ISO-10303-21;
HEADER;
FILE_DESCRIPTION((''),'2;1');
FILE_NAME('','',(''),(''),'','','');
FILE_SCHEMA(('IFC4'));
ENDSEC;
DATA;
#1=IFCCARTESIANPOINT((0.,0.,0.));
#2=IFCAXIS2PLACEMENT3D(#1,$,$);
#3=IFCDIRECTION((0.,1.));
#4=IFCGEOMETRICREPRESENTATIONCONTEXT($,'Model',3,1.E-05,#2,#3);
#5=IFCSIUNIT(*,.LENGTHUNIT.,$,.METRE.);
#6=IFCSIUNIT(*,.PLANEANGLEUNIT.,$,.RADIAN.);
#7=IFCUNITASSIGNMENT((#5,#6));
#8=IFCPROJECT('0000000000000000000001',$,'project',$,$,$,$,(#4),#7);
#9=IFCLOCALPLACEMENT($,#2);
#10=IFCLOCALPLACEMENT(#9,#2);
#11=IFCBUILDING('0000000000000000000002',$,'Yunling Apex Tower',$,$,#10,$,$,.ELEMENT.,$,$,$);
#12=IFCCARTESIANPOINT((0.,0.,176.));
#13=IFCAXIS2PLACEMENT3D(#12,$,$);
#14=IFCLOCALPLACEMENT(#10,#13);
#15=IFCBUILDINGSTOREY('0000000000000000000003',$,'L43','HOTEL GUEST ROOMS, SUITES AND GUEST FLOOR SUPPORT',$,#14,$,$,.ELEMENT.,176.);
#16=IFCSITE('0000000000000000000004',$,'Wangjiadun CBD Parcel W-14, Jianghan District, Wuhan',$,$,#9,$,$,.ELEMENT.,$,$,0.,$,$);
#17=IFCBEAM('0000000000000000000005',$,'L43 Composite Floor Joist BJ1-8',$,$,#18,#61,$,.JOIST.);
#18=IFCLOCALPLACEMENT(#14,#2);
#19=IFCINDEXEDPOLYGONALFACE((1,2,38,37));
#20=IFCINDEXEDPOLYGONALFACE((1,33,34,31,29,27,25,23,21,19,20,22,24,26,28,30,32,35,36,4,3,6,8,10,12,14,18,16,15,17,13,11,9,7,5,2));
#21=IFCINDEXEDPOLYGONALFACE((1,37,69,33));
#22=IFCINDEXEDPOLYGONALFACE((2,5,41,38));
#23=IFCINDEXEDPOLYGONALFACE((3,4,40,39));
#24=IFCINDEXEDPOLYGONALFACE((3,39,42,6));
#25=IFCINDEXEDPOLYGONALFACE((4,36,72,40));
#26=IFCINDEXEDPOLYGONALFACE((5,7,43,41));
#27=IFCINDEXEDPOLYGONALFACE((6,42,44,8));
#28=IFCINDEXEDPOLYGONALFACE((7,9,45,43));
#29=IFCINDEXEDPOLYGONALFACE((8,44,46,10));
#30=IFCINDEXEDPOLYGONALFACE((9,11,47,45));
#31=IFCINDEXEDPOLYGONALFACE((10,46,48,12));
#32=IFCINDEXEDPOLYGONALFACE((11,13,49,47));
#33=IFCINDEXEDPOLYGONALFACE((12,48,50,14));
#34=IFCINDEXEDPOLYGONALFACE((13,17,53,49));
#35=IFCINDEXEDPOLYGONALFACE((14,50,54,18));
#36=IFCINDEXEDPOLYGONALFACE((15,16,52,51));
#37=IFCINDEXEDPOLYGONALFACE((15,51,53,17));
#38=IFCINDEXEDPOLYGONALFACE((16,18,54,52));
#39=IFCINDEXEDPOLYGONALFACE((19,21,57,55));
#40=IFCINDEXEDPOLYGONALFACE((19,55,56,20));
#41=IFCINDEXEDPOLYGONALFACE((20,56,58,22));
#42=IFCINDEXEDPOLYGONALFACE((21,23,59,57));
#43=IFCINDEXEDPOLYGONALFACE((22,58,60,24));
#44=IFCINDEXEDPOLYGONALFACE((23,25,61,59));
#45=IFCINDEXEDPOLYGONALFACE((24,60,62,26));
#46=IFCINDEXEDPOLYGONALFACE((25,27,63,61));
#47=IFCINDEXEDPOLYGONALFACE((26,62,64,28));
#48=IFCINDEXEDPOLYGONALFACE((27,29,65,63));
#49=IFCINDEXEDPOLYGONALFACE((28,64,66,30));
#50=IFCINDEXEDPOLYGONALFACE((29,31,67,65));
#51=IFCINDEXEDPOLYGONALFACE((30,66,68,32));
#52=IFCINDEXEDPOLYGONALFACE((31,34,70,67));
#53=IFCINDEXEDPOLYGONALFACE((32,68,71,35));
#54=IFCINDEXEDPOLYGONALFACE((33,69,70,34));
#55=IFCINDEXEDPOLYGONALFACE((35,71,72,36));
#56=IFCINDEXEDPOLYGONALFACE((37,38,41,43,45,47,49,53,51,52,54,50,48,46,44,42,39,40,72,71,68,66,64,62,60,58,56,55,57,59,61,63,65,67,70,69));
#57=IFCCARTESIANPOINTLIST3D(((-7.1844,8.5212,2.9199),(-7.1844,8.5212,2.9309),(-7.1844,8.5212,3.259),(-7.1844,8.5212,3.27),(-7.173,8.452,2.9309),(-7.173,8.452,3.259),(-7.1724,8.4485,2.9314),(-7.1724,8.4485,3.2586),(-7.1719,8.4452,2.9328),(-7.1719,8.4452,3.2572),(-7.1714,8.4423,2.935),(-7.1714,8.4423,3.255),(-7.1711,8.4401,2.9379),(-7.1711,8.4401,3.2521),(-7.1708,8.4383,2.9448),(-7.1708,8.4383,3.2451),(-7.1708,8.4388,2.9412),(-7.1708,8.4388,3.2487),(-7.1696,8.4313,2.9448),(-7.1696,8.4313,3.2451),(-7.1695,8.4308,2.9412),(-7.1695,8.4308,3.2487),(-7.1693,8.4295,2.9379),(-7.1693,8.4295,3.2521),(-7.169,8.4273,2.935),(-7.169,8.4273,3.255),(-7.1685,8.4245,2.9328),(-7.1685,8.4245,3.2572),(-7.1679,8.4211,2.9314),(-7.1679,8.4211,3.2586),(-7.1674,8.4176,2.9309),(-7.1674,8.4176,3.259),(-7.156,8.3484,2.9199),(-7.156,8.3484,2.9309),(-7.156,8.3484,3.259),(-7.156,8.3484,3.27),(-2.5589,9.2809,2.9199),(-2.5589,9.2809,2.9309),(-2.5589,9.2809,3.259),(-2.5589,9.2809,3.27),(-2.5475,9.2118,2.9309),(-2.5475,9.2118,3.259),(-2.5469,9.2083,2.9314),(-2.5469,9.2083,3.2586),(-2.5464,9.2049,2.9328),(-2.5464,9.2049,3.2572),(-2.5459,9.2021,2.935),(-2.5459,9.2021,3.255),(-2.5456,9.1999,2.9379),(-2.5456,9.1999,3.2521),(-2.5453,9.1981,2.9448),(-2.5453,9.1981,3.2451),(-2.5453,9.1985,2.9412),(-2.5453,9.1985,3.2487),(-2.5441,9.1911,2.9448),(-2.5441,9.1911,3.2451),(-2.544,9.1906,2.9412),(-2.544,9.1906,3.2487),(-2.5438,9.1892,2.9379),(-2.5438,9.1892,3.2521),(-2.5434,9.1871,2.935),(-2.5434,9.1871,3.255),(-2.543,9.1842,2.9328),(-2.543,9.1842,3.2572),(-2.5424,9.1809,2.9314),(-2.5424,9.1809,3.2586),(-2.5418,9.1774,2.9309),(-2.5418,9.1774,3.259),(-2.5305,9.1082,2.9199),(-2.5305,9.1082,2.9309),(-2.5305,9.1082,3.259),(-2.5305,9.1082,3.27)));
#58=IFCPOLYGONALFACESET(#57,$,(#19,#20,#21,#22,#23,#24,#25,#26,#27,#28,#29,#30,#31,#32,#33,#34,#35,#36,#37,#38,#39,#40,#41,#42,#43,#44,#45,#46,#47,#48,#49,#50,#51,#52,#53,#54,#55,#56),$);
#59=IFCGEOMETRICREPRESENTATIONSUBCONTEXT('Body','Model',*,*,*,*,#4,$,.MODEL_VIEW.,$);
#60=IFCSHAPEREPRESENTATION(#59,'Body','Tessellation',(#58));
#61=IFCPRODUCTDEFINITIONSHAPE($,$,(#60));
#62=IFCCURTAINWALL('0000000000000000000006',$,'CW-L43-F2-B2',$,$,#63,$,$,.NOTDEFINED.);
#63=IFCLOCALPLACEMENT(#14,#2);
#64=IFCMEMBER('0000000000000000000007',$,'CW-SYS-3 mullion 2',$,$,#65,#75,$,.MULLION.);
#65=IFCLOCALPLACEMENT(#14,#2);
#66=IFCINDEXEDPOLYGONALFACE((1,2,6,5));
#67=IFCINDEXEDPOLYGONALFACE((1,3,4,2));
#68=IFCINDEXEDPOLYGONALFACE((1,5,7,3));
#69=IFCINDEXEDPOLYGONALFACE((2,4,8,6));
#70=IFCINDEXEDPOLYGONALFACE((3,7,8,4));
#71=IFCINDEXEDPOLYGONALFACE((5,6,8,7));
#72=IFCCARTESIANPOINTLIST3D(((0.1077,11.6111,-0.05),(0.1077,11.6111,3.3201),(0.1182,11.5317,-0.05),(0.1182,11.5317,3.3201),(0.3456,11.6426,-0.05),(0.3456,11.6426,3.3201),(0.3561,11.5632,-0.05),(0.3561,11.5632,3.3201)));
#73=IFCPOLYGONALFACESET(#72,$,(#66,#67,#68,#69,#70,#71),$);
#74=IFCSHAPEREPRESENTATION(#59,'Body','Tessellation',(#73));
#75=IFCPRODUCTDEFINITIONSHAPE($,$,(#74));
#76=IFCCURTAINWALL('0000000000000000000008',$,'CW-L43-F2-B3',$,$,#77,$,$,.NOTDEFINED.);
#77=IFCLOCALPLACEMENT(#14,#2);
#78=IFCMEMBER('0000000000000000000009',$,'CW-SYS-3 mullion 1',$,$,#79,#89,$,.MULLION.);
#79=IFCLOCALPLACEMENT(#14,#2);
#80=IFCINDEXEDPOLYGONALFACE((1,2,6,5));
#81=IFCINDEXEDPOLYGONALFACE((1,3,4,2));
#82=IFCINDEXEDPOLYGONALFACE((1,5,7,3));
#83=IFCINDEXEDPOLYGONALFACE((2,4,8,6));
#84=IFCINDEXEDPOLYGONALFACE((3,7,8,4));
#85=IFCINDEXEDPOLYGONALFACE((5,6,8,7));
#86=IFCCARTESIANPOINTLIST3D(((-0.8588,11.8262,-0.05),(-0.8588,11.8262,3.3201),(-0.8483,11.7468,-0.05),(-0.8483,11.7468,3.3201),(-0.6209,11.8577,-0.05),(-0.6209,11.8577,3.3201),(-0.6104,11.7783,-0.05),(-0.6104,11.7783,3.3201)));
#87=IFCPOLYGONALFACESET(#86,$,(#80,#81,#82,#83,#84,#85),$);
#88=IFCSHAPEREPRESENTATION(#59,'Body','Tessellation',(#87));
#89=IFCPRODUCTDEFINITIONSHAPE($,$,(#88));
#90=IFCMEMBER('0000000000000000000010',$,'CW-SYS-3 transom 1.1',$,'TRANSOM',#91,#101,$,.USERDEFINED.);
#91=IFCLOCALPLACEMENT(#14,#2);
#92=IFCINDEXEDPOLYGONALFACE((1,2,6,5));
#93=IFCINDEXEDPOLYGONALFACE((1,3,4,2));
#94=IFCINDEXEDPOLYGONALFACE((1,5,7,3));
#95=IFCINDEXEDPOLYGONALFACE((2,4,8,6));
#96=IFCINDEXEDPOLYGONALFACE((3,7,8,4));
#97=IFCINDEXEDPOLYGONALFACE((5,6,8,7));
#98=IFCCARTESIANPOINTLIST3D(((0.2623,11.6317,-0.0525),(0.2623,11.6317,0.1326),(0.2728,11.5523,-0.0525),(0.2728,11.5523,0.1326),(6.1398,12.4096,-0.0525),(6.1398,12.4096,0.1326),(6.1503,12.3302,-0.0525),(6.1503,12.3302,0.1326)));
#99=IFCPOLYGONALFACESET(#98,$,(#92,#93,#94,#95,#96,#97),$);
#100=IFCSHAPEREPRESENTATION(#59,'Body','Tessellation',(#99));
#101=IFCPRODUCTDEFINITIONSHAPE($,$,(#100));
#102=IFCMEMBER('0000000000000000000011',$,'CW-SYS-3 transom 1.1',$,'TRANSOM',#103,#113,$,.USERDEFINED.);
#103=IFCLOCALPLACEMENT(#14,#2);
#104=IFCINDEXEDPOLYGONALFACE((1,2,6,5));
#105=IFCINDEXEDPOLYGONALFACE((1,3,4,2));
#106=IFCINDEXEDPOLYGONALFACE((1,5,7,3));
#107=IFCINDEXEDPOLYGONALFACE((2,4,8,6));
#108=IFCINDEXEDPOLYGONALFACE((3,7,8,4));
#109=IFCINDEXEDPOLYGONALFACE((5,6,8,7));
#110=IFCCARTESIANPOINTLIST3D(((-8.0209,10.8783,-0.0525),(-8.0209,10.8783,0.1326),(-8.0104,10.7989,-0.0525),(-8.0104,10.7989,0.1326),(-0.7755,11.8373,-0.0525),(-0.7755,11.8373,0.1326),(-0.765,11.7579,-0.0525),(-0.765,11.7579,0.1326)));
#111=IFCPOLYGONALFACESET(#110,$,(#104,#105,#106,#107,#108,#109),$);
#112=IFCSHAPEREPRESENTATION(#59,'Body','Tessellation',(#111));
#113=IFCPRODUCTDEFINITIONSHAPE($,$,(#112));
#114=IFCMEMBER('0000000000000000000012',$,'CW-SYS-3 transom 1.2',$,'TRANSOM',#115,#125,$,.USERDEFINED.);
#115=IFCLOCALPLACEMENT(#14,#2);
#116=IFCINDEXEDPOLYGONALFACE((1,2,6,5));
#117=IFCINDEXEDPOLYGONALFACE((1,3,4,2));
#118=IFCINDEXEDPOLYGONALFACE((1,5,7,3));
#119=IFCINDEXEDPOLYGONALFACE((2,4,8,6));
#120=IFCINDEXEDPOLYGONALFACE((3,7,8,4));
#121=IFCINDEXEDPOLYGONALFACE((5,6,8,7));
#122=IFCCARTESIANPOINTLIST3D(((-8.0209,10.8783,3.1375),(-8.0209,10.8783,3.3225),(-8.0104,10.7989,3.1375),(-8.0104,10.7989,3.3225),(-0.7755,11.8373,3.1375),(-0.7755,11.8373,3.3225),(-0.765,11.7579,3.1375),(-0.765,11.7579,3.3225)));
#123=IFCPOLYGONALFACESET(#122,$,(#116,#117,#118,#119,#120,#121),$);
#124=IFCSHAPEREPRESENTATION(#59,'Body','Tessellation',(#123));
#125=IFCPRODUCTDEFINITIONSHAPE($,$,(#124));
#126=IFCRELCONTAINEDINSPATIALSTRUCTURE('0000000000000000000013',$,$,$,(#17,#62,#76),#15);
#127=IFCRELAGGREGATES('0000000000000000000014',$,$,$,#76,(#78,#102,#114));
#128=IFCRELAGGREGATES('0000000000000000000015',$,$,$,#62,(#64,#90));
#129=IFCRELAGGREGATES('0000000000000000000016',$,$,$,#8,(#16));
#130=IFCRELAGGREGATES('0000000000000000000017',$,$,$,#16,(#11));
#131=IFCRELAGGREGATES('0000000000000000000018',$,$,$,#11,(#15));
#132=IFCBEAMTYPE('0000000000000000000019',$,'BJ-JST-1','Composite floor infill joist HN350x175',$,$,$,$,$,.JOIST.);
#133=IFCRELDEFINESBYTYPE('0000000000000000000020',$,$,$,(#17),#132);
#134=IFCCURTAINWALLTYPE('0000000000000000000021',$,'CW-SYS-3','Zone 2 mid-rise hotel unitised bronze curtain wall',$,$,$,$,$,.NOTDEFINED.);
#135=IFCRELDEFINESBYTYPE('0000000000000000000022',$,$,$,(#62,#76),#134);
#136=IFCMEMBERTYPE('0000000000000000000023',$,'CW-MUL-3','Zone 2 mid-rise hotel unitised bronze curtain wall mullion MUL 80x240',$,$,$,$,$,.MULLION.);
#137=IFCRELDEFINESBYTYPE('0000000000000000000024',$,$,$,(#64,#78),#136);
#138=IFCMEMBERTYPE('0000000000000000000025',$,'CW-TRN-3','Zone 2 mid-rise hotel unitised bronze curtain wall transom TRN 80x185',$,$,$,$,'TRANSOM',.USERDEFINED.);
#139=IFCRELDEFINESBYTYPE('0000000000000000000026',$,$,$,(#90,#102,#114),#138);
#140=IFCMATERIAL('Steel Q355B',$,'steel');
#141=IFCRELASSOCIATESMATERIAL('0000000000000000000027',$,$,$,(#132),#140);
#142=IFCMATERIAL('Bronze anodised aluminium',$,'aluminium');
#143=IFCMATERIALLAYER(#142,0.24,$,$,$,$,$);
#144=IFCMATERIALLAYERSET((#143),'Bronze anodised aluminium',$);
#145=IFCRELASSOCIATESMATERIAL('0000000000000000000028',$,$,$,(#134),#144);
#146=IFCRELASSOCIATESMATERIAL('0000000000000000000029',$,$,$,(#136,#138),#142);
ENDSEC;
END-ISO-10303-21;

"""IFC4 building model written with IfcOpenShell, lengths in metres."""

from ifc_helpers import new_model, si_unit, direction, frame, origin, origin_2d, place, context, subcontext, project, spatial, rectangle, i_section, extrude, source, transform, mapped, material, layer, layer_set, material_profile, profile_set, type_object, element, aggregate, save


model = new_model("IFC4")

# Units and contexts
model_context = context("Model", 3, precision=1e-05, world=origin(), true_north=direction((0.0, 1.0)))
body_context = subcontext(model_context, "Body", "Model", "MODEL_VIEW")
ifc_project = project(units=[si_unit("LENGTHUNIT", "METRE"), si_unit("PLANEANGLEUNIT", "RADIAN")], contexts=[model_context])

# Site, building, storey
site_placement = place(None, origin())
site = spatial("IfcSite", under=ifc_project, at=site_placement, Name="Wangjiadun CBD Parcel W-14, Jianghan District, Wuhan", CompositionType="ELEMENT", RefElevation=0.0)
building_placement = place(site_placement, origin())
building = spatial("IfcBuilding", under=site, at=building_placement, Name="Yunling Apex Tower", CompositionType="ELEMENT")
storey_placement = place(building_placement, frame((0.0, 0.0, 176.0)))
storey = spatial("IfcBuildingStorey", under=building, at=storey_placement, Name="L43", Description="HOTEL GUEST ROOMS, SUITES AND GUEST FLOOR SUPPORT", CompositionType="ELEMENT", Elevation=176.0)

# Beam
ifc_material_1 = material(Name="Steel Q355B", Category="steel")
ifc_material_profile_1 = material_profile(ifc_material_1, i_section(OverallWidth=0.175, OverallDepth=0.3501, WebThickness=0.0071, FlangeThickness=0.011, FilletRadius=0.0139, at=origin_2d()))
ifc_profile_set_1 = profile_set([ifc_material_profile_1], Name="Steel Q355B")
beam_type_1 = type_object("IfcBeamType", Name="BJ-JST-1", Description="Composite floor infill joist HN350x175", PredefinedType="JOIST", material=ifc_profile_set_1)
shared_shape_1 = source(origin(), body_context, "Body", "SweptSolid", [
    extrude(i_section(OverallWidth=0.175, OverallDepth=0.3501, WebThickness=0.0071, FlangeThickness=0.011, FilletRadius=0.0139, at=origin_2d()), origin(), (0.0, 0.0, 1.0), 4.6875),
])
beam_1_placement = place(storey_placement, frame((-2.5447, 9.1946, 3.095), z_axis=(-0.986777, -0.162084, 0.0), x_axis=(0.162084, -0.986777, 0.0)))
element("IfcBeam", 1, at=beam_1_placement, inside=storey, type_object=beam_type_1, Name="L43 Composite Floor Joist BJ1-8", PredefinedType="JOIST", context=body_context, shape_type="MappedRepresentation", body=[
    mapped(shared_shape_1, transform((0.0, 0.0, 0.0), scale=1.0)),
])

# Curtain walls, members
ifc_material_2 = material(Name="Bronze anodised aluminium", Category="aluminium")
ifc_layer_1 = layer(ifc_material_2, 0.24)
ifc_layer_set_1 = layer_set([ifc_layer_1], Name="Bronze anodised aluminium")
curtain_wall_type = type_object("IfcCurtainWallType", Name="CW-SYS-3", Description="Zone 2 mid-rise hotel unitised bronze curtain wall", PredefinedType="NOTDEFINED", material=ifc_layer_set_1)
curtain_wall_1_placement = place(storey_placement, origin())
curtain_wall_1 = element("IfcCurtainWall", 2, at=curtain_wall_1_placement, inside=storey, type_object=curtain_wall_type, Name="CW-L43-F2-B2", PredefinedType="NOTDEFINED")
ifc_material_profile_2 = material_profile(ifc_material_2, rectangle(XDim=0.0801, YDim=0.24, at=origin_2d()))
ifc_profile_set_2 = profile_set([ifc_material_profile_2], Name="Bronze anodised aluminium")
member_type_1 = type_object("IfcMemberType", Name="CW-MUL-3", Description="Zone 2 mid-rise hotel unitised bronze curtain wall mullion MUL 80x240", PredefinedType="MULLION", material=ifc_profile_set_2)
shared_shape_2 = source(origin(), body_context, "Body", "SweptSolid", [
    extrude(rectangle(XDim=0.0801, YDim=0.24, at=origin_2d()), origin(), (0.0, 0.0, 1.0), 3.3701),
])
member_1_placement = place(storey_placement, frame((0.2319, 11.5872, -0.05), z_axis=(0.0, 0.0, 1.0), x_axis=(0.131205, -0.991355, 0.0)))
member_1 = element("IfcMember", 3, at=member_1_placement, type_object=member_type_1, Name="CW-SYS-3 mullion 2", PredefinedType="MULLION", context=body_context, shape_type="MappedRepresentation", body=[
    mapped(shared_shape_2, transform((0.0, 0.0, 0.0), scale=1.0)),
])
curtain_wall_2_placement = place(storey_placement, origin())
curtain_wall_2 = element("IfcCurtainWall", 4, at=curtain_wall_2_placement, inside=storey, type_object=curtain_wall_type, Name="CW-L43-F2-B3", PredefinedType="NOTDEFINED")
member_2_placement = place(storey_placement, frame((-0.7346, 11.8022, -0.05), z_axis=(0.0, 0.0, 1.0), x_axis=(0.131209, -0.991355, 0.0)))
member_2 = element("IfcMember", 5, at=member_2_placement, type_object=member_type_1, Name="CW-SYS-3 mullion 1", PredefinedType="MULLION", context=body_context, shape_type="MappedRepresentation", body=[
    mapped(shared_shape_2, transform((0.0, 0.0, 0.0), scale=1.0)),
])

# Members
ifc_material_profile_3 = material_profile(ifc_material_2, rectangle(XDim=0.0801, YDim=0.1851, at=origin_2d()))
ifc_profile_set_3 = profile_set([ifc_material_profile_3], Name="Bronze anodised aluminium")
member_type_2 = type_object("IfcMemberType", Name="CW-TRN-3", Description="Zone 2 mid-rise hotel unitised bronze curtain wall transom TRN 80x185", ElementType="TRANSOM", PredefinedType="USERDEFINED", material=ifc_profile_set_3)
shared_shape_3 = source(origin(), body_context, "Body", "SweptSolid", [
    extrude(rectangle(XDim=0.0801, YDim=0.1851, at=origin_2d()), origin(), (0.0, 0.0, 1.0), 5.9287),
])
member_3_placement = place(storey_placement, frame((6.145, 12.3699, 0.04), z_axis=(-0.991356, -0.131198, 0.0), x_axis=(0.131198, -0.991356, 0.0)))
member_3 = element("IfcMember", 6, at=member_3_placement, type_object=member_type_2, Name="CW-SYS-3 transom 1.1", ObjectType="TRANSOM", PredefinedType="USERDEFINED", context=body_context, shape_type="MappedRepresentation", body=[
    mapped(shared_shape_3, transform((0.0, 0.0, 0.0), scale=1.0)),
])
shared_shape_4 = source(origin(), body_context, "Body", "SweptSolid", [
    extrude(rectangle(XDim=0.0801, YDim=0.1851, at=origin_2d()), origin(), (0.0, 0.0, 1.0), 7.3086),
])
member_4_placement = place(storey_placement, frame((-0.7703, 11.7976, 0.04), z_axis=(-0.991354, -0.131214, 0.0), x_axis=(0.131214, -0.991354, 0.0)))
member_4 = element("IfcMember", 7, at=member_4_placement, type_object=member_type_2, Name="CW-SYS-3 transom 1.1", ObjectType="TRANSOM", PredefinedType="USERDEFINED", context=body_context, shape_type="MappedRepresentation", body=[
    mapped(shared_shape_4, transform((0.0, 0.0, 0.0), scale=1.0)),
])
member_5_placement = place(storey_placement, frame((-0.7703, 11.7976, 3.23), z_axis=(-0.991354, -0.131214, 0.0), x_axis=(0.131214, -0.991354, 0.0)))
member_5 = element("IfcMember", 8, at=member_5_placement, type_object=member_type_2, Name="CW-SYS-3 transom 1.2", ObjectType="TRANSOM", PredefinedType="USERDEFINED", context=body_context, shape_type="MappedRepresentation", body=[
    mapped(shared_shape_4, transform((0.0, 0.0, 0.0), scale=1.0)),
])
aggregate(curtain_wall_2, [member_2, member_4, member_5])

aggregate(curtain_wall_1, [member_1, member_3])

save(model, "model.ifc")
